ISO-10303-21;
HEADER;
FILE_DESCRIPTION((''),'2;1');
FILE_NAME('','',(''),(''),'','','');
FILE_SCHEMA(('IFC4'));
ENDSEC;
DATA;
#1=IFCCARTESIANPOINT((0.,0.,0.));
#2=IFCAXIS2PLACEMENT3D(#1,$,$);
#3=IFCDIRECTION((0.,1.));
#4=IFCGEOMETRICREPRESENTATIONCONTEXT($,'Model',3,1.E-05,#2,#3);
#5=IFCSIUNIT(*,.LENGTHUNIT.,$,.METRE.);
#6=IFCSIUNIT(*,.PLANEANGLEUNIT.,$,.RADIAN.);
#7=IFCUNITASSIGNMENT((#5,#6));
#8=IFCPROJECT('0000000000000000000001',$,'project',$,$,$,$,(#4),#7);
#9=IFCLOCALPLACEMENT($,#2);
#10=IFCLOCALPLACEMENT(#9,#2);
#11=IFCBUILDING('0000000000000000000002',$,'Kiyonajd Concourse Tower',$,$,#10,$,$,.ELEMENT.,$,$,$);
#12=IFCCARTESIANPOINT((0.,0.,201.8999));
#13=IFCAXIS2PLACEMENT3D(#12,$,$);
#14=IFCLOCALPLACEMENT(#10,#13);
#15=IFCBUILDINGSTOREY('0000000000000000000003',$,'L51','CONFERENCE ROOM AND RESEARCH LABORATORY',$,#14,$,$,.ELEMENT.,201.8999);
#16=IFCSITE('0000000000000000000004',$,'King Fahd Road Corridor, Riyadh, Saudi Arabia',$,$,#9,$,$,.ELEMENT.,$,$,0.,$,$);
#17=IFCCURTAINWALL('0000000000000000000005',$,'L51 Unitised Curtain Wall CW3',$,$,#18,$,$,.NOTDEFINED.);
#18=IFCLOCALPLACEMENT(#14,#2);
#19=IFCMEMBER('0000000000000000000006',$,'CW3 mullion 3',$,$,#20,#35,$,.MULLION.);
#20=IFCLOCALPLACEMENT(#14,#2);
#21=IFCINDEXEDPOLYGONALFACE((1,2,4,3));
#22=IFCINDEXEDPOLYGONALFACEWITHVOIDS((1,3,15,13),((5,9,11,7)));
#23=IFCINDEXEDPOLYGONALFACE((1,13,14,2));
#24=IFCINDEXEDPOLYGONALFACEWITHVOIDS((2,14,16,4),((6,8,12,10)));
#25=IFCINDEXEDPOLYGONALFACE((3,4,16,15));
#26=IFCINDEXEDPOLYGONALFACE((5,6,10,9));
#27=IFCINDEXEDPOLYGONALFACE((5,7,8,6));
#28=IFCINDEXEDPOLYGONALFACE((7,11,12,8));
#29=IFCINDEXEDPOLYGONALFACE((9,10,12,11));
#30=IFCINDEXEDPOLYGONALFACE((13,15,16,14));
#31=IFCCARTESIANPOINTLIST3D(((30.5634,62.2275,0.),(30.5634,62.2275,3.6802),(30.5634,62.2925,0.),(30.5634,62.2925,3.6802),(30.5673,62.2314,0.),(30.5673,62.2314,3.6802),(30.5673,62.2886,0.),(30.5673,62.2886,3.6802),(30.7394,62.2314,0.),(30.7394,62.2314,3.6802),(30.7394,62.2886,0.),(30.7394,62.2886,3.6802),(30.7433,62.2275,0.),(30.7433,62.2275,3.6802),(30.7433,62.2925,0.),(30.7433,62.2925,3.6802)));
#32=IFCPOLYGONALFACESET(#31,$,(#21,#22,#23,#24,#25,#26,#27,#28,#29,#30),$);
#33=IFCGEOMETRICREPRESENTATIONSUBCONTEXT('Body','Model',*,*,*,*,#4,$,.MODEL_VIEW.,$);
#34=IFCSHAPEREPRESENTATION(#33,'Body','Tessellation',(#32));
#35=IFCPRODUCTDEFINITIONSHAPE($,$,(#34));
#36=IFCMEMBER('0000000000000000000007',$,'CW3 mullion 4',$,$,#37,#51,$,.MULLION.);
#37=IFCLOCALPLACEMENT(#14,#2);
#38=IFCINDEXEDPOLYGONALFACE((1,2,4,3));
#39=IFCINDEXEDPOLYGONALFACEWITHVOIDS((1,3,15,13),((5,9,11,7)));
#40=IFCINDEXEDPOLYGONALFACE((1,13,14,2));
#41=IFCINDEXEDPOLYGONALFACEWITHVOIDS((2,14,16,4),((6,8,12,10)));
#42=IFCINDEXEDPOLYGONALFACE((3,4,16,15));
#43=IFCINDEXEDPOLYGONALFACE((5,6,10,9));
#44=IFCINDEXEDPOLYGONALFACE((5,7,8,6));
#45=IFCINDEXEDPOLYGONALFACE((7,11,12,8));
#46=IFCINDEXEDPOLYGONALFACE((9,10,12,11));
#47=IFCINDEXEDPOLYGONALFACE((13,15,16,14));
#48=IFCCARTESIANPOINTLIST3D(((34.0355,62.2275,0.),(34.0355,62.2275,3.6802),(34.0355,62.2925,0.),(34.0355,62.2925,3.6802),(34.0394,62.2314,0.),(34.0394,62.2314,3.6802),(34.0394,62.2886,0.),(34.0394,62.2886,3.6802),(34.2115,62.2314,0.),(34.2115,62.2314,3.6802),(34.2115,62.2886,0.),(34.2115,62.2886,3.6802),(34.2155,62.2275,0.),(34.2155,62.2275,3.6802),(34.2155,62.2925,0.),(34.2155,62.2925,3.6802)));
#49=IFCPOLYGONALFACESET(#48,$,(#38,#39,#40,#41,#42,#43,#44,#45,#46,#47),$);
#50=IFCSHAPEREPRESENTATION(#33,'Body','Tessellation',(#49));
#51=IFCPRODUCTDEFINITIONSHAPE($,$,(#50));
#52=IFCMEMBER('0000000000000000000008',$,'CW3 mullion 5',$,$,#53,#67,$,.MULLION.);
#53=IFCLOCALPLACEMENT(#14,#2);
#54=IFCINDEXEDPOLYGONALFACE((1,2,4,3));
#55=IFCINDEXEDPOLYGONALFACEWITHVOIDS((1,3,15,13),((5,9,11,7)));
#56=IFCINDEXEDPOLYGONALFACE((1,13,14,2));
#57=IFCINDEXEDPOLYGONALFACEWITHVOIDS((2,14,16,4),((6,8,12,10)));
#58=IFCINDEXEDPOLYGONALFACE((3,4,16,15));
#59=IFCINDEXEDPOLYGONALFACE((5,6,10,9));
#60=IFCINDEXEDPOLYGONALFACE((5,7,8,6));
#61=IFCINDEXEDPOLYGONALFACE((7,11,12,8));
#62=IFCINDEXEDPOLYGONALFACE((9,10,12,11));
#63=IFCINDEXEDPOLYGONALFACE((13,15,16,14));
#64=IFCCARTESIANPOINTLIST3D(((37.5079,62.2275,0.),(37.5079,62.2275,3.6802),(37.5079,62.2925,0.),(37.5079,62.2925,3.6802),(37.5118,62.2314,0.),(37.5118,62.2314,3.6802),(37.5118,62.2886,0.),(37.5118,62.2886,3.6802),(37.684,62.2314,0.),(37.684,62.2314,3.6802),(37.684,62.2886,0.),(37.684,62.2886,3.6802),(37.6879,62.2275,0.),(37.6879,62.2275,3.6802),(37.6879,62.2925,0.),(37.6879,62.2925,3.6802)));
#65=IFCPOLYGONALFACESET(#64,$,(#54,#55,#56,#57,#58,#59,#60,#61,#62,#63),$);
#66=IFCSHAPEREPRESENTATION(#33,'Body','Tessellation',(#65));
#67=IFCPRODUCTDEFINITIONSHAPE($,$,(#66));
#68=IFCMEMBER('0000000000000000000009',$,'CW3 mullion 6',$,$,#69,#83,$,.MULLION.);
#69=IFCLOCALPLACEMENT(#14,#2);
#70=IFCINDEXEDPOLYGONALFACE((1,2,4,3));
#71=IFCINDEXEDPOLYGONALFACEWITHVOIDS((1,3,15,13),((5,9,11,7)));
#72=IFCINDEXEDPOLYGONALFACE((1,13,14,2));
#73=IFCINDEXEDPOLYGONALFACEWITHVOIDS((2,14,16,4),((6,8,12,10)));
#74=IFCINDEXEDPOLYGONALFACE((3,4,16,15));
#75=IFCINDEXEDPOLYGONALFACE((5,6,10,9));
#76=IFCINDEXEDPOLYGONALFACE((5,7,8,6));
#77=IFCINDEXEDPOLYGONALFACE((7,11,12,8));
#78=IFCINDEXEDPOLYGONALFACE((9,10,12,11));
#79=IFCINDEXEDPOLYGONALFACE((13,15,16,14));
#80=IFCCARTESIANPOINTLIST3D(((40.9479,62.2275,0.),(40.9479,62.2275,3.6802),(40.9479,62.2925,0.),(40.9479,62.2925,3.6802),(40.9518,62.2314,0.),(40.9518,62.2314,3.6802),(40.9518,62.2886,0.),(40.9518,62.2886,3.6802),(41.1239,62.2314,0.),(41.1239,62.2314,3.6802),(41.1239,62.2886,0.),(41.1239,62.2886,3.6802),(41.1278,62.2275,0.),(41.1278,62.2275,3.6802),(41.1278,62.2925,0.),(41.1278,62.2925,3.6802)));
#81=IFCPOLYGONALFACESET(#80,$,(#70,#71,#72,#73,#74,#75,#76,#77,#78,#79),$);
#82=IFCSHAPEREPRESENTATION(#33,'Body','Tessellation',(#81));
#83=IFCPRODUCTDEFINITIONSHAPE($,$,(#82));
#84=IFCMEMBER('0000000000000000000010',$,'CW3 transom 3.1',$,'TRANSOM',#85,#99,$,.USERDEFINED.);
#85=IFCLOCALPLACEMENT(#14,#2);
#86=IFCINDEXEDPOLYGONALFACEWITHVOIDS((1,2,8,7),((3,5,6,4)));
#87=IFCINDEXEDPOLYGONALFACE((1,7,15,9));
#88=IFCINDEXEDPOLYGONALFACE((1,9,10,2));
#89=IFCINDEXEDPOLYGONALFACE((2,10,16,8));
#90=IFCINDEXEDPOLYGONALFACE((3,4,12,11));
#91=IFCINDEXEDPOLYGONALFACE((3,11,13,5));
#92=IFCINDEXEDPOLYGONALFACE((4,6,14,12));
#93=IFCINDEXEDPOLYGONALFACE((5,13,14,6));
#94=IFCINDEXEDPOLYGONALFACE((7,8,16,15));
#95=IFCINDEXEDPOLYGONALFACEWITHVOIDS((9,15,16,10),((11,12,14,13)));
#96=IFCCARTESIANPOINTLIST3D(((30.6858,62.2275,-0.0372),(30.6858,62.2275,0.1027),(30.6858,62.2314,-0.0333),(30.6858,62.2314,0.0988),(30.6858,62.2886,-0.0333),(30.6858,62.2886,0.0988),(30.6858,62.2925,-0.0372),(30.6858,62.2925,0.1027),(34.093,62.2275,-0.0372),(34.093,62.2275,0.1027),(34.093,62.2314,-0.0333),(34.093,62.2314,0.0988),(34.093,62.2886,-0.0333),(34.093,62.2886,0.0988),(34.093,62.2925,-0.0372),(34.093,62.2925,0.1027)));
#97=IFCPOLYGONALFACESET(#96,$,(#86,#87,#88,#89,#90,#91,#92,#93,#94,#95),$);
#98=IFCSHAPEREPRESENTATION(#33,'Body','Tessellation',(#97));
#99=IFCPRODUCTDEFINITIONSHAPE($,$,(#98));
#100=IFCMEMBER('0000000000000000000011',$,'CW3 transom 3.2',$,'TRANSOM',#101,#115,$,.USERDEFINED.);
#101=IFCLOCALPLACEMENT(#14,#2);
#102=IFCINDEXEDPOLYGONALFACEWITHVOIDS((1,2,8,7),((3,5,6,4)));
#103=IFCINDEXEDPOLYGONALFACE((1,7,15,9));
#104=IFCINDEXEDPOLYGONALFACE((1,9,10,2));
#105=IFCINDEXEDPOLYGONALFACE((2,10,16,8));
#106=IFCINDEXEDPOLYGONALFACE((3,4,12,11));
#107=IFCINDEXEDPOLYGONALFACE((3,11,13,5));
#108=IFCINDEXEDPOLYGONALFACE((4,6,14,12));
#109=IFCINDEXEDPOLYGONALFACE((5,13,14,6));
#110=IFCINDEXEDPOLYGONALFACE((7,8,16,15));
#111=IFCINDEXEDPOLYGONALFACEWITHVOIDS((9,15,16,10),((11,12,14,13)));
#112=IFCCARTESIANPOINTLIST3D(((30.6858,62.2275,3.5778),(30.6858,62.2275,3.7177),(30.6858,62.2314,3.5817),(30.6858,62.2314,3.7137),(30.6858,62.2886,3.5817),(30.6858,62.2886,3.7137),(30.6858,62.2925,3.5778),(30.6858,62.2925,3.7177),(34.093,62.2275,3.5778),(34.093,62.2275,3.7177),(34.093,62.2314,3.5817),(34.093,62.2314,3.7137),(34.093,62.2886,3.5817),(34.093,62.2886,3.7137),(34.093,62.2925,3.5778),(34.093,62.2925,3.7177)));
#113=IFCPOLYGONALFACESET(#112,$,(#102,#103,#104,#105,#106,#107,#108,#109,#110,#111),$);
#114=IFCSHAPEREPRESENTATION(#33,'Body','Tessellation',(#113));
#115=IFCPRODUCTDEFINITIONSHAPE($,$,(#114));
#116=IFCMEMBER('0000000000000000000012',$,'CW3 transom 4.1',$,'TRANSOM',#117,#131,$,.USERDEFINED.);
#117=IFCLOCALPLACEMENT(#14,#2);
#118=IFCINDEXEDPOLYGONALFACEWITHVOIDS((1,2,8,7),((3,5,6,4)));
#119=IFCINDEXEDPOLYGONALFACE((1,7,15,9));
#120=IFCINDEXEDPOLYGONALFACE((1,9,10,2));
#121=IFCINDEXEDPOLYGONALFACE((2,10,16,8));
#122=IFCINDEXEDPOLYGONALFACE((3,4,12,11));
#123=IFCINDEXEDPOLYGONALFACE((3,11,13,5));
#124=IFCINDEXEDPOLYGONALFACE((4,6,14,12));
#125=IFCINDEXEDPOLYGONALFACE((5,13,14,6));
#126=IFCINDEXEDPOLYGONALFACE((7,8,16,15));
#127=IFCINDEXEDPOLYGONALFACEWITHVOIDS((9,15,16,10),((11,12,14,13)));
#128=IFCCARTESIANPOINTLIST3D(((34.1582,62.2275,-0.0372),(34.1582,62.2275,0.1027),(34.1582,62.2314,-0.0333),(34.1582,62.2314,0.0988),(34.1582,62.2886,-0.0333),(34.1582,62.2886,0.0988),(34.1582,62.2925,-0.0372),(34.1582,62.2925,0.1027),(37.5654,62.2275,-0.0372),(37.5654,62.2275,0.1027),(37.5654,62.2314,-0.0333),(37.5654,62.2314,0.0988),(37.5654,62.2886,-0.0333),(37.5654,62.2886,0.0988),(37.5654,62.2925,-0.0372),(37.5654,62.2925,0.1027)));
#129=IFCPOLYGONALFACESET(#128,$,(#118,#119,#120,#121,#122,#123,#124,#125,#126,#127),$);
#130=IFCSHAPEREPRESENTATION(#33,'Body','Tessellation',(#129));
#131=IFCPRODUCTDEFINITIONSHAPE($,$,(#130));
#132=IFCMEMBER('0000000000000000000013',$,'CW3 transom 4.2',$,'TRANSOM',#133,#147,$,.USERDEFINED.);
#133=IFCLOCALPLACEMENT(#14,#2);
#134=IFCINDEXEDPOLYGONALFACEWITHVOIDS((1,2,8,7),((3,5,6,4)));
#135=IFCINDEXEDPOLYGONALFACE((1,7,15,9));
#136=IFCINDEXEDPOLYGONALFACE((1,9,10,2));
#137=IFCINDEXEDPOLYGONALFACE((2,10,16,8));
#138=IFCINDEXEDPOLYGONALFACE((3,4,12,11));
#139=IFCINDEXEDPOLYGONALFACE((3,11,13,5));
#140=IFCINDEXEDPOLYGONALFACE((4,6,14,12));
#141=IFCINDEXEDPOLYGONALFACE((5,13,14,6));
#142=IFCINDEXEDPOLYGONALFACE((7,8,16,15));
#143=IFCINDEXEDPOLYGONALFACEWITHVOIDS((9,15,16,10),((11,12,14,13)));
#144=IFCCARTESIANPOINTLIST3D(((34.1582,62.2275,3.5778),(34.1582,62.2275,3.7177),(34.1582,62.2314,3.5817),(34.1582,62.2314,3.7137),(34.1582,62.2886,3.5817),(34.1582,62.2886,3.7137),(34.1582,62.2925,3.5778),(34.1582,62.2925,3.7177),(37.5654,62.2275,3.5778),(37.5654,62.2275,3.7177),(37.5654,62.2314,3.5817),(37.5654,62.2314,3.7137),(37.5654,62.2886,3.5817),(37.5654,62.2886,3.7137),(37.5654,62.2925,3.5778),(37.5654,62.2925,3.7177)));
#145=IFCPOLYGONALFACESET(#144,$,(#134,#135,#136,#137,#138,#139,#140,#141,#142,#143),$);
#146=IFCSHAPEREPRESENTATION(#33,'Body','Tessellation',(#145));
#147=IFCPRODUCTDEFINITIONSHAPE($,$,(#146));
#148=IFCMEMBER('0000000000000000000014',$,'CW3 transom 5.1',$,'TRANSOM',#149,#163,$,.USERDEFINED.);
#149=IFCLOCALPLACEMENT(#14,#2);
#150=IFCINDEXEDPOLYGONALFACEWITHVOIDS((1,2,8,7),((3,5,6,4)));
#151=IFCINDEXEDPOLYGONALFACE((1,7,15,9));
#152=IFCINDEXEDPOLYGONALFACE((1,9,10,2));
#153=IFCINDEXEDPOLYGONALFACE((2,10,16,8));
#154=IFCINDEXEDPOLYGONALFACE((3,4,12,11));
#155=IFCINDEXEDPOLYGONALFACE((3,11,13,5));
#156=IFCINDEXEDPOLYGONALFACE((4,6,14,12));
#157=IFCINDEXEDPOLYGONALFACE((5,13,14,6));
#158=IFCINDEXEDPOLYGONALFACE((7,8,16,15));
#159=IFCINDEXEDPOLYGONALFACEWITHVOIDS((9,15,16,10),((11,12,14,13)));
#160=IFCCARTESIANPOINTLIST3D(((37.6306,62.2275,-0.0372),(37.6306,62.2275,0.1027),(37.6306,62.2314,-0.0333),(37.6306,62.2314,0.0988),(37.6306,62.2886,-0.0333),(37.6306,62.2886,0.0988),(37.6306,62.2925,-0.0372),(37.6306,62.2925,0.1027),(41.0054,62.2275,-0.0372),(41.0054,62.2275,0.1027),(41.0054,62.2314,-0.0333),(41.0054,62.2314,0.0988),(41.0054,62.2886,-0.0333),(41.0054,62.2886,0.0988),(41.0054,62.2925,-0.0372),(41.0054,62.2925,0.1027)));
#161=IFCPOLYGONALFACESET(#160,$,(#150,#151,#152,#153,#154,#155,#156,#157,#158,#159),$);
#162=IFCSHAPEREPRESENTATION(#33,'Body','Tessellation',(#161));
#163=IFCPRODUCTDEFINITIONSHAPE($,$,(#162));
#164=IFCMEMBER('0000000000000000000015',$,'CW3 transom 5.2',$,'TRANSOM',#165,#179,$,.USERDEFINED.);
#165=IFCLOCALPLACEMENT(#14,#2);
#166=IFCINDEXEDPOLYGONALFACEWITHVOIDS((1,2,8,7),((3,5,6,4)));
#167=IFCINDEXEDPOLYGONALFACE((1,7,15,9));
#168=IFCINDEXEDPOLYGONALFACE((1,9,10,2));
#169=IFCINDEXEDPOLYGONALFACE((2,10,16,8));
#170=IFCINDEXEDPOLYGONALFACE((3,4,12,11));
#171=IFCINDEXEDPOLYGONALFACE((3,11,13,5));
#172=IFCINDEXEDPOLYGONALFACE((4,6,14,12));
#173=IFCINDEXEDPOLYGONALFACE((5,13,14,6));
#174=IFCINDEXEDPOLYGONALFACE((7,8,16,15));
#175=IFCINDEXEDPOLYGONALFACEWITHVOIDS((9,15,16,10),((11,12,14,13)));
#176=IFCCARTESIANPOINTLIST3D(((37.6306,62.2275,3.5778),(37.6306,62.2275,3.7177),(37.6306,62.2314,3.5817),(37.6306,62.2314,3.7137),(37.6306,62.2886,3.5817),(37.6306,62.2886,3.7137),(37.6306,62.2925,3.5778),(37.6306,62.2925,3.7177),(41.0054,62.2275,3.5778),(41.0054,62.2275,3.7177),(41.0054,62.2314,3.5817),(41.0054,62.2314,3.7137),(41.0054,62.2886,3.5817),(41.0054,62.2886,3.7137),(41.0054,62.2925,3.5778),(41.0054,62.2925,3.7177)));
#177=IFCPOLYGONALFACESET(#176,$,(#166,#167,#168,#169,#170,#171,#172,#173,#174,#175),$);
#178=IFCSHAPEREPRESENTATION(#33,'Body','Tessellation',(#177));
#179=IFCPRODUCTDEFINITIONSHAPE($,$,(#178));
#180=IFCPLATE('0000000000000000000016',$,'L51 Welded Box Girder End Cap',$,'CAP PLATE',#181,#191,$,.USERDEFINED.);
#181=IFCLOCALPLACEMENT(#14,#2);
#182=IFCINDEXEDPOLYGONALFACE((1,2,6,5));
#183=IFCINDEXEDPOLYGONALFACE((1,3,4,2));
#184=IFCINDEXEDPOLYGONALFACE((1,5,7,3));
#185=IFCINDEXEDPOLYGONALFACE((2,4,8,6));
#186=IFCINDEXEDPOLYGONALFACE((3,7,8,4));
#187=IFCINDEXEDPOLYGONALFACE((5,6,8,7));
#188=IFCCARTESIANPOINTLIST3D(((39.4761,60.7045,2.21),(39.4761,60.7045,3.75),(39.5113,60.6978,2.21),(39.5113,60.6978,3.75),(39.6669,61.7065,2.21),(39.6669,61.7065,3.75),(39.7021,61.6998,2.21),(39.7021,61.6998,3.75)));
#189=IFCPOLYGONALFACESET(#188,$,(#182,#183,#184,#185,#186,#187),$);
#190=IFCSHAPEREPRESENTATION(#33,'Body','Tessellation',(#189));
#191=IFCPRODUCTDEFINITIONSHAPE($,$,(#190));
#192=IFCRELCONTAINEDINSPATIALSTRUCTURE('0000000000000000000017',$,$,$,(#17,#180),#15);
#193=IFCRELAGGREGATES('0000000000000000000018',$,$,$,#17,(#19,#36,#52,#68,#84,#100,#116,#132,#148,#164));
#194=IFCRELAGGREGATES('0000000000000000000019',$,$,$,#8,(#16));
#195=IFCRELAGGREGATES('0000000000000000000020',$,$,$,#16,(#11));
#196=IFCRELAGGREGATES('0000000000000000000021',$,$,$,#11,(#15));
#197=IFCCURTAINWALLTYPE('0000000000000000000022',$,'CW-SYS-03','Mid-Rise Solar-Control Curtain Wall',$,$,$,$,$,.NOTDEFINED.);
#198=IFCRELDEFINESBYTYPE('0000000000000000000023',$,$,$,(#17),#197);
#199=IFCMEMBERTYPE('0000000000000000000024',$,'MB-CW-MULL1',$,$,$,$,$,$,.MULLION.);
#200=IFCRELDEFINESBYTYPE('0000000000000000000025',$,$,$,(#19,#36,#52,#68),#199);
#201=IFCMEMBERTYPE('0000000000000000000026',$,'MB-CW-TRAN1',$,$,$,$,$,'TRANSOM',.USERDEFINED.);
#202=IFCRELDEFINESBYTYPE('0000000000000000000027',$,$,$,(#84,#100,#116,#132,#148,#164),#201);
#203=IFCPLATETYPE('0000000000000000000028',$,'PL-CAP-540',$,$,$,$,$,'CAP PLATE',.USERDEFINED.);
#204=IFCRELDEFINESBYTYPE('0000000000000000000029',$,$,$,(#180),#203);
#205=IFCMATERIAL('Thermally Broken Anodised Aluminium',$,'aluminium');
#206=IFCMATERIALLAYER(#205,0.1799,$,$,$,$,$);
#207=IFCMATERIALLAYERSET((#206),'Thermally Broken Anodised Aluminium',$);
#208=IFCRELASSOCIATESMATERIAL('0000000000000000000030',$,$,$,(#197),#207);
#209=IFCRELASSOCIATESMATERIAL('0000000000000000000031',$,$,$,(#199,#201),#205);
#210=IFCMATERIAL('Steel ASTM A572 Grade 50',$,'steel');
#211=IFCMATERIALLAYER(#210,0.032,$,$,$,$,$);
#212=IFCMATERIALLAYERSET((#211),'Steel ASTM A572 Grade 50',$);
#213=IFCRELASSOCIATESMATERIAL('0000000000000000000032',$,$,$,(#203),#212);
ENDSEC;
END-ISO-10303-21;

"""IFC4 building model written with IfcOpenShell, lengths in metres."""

from ifc_helpers import new_model, si_unit, direction, frame, origin, origin_2d, place, context, subcontext, project, spatial, rectangle, hollow_rectangle, extrude, material, layer, layer_set, material_profile, profile_set, type_object, element, aggregate, save


model = new_model("IFC4")

# Units and contexts
model_context = context("Model", 3, precision=1e-05, world=origin(), true_north=direction((0.0, 1.0)))
body_context = subcontext(model_context, "Body", "Model", "MODEL_VIEW")
ifc_project = project(units=[si_unit("LENGTHUNIT", "METRE"), si_unit("PLANEANGLEUNIT", "RADIAN")], contexts=[model_context])

# Site, building, storey
site_placement = place(None, origin())
site = spatial("IfcSite", under=ifc_project, at=site_placement, Name="King Fahd Road Corridor, Riyadh, Saudi Arabia", CompositionType="ELEMENT", RefElevation=0.0)
building_placement = place(site_placement, origin())
building = spatial("IfcBuilding", under=site, at=building_placement, Name="Kiyonajd Concourse Tower", CompositionType="ELEMENT")
storey_placement = place(building_placement, frame((0.0, 0.0, 201.8999)))
storey = spatial("IfcBuildingStorey", under=building, at=storey_placement, Name="L51", Description="CONFERENCE ROOM AND RESEARCH LABORATORY", CompositionType="ELEMENT", Elevation=201.8999)

# Curtain wall, members
ifc_material_1 = material(Name="Thermally Broken Anodised Aluminium", Category="aluminium")
ifc_layer_1 = layer(ifc_material_1, 0.1799)
ifc_layer_set_1 = layer_set([ifc_layer_1], Name="Thermally Broken Anodised Aluminium")
curtain_wall_type = type_object("IfcCurtainWallType", Name="CW-SYS-03", Description="Mid-Rise Solar-Control Curtain Wall", PredefinedType="NOTDEFINED", material=ifc_layer_set_1)
curtain_wall_placement = place(storey_placement, origin())
curtain_wall = element("IfcCurtainWall", 1, at=curtain_wall_placement, inside=storey, type_object=curtain_wall_type, Name="L51 Unitised Curtain Wall CW3", PredefinedType="NOTDEFINED")
ifc_material_profile_1 = material_profile(ifc_material_1, hollow_rectangle(XDim=0.0649, YDim=0.1799, WallThickness=0.0039, at=origin_2d()), Name="MULL-65x180")
ifc_profile_set_1 = profile_set([ifc_material_profile_1], Name="Thermally Broken Anodised Aluminium")
member_type_1 = type_object("IfcMemberType", Name="MB-CW-MULL1", PredefinedType="MULLION", material=ifc_profile_set_1)
member_1_placement = place(storey_placement, frame((30.6533, 62.26, 0.0), z_axis=(0.0, 0.0, 1.0), x_axis=(0.0, 1.0, 0.0)))
member_1 = element("IfcMember", 2, at=member_1_placement, type_object=member_type_1, Name="CW3 mullion 3", PredefinedType="MULLION", context=body_context, shape_type="SweptSolid", body=[
    extrude(hollow_rectangle(XDim=0.0649, YDim=0.1799, WallThickness=0.0039, at=origin_2d()), origin(), (0.0, 0.0, 1.0), 3.6802),
])
member_2_placement = place(storey_placement, frame((34.1255, 62.26, 0.0), z_axis=(0.0, 0.0, 1.0), x_axis=(0.0, 1.0, 0.0)))
member_2 = element("IfcMember", 3, at=member_2_placement, type_object=member_type_1, Name="CW3 mullion 4", PredefinedType="MULLION", context=body_context, shape_type="SweptSolid", body=[
    extrude(hollow_rectangle(XDim=0.0649, YDim=0.1799, WallThickness=0.0039, at=origin_2d()), origin(), (0.0, 0.0, 1.0), 3.6802),
])
member_3_placement = place(storey_placement, frame((37.5979, 62.26, 0.0), z_axis=(0.0, 0.0, 1.0), x_axis=(0.0, 1.0, 0.0)))
member_3 = element("IfcMember", 4, at=member_3_placement, type_object=member_type_1, Name="CW3 mullion 5", PredefinedType="MULLION", context=body_context, shape_type="SweptSolid", body=[
    extrude(hollow_rectangle(XDim=0.0649, YDim=0.1799, WallThickness=0.0039, at=origin_2d()), origin(), (0.0, 0.0, 1.0), 3.6802),
])
member_4_placement = place(storey_placement, frame((41.0378, 62.26, 0.0), z_axis=(0.0, 0.0, 1.0), x_axis=(0.0, 1.0, 0.0)))
member_4 = element("IfcMember", 5, at=member_4_placement, type_object=member_type_1, Name="CW3 mullion 6", PredefinedType="MULLION", context=body_context, shape_type="SweptSolid", body=[
    extrude(hollow_rectangle(XDim=0.0649, YDim=0.1799, WallThickness=0.0039, at=origin_2d()), origin(), (0.0, 0.0, 1.0), 3.6802),
])
ifc_material_profile_2 = material_profile(ifc_material_1, hollow_rectangle(XDim=0.0649, YDim=0.1399, WallThickness=0.0039, at=origin_2d()), Name="TRAN-65x140")
ifc_profile_set_2 = profile_set([ifc_material_profile_2], Name="Thermally Broken Anodised Aluminium")
member_type_2 = type_object("IfcMemberType", Name="MB-CW-TRAN1", ElementType="TRANSOM", PredefinedType="USERDEFINED", material=ifc_profile_set_2)
member_5_placement = place(storey_placement, frame((30.6858, 62.26, 0.0327), z_axis=(1.0, 0.0, 0.0), x_axis=(0.0, 1.0, 0.0)))
member_5 = element("IfcMember", 6, at=member_5_placement, type_object=member_type_2, Name="CW3 transom 3.1", ObjectType="TRANSOM", PredefinedType="USERDEFINED", context=body_context, shape_type="SweptSolid", body=[
    extrude(hollow_rectangle(XDim=0.0649, YDim=0.1399, WallThickness=0.0039, at=origin_2d()), origin(), (0.0, 0.0, 1.0), 3.4072),
])
member_6_placement = place(storey_placement, frame((30.6858, 62.26, 3.6477), z_axis=(1.0, 0.0, 0.0), x_axis=(0.0, 1.0, 0.0)))
member_6 = element("IfcMember", 7, at=member_6_placement, type_object=member_type_2, Name="CW3 transom 3.2", ObjectType="TRANSOM", PredefinedType="USERDEFINED", context=body_context, shape_type="SweptSolid", body=[
    extrude(hollow_rectangle(XDim=0.0649, YDim=0.1399, WallThickness=0.0039, at=origin_2d()), origin(), (0.0, 0.0, 1.0), 3.4072),
])
member_7_placement = place(storey_placement, frame((34.1582, 62.26, 0.0327), z_axis=(1.0, 0.0, 0.0), x_axis=(0.0, 1.0, 0.0)))
member_7 = element("IfcMember", 8, at=member_7_placement, type_object=member_type_2, Name="CW3 transom 4.1", ObjectType="TRANSOM", PredefinedType="USERDEFINED", context=body_context, shape_type="SweptSolid", body=[
    extrude(hollow_rectangle(XDim=0.0649, YDim=0.1399, WallThickness=0.0039, at=origin_2d()), origin(), (0.0, 0.0, 1.0), 3.4072),
])
member_8_placement = place(storey_placement, frame((34.1582, 62.26, 3.6477), z_axis=(1.0, 0.0, 0.0), x_axis=(0.0, 1.0, 0.0)))
member_8 = element("IfcMember", 9, at=member_8_placement, type_object=member_type_2, Name="CW3 transom 4.2", ObjectType="TRANSOM", PredefinedType="USERDEFINED", context=body_context, shape_type="SweptSolid", body=[
    extrude(hollow_rectangle(XDim=0.0649, YDim=0.1399, WallThickness=0.0039, at=origin_2d()), origin(), (0.0, 0.0, 1.0), 3.4072),
])
member_9_placement = place(storey_placement, frame((37.6306, 62.26, 0.0327), z_axis=(1.0, 0.0, 0.0), x_axis=(0.0, 1.0, 0.0)))
member_9 = element("IfcMember", 10, at=member_9_placement, type_object=member_type_2, Name="CW3 transom 5.1", ObjectType="TRANSOM", PredefinedType="USERDEFINED", context=body_context, shape_type="SweptSolid", body=[
    extrude(hollow_rectangle(XDim=0.0649, YDim=0.1399, WallThickness=0.0039, at=origin_2d()), origin(), (0.0, 0.0, 1.0), 3.3748),
])
member_10_placement = place(storey_placement, frame((37.6306, 62.26, 3.6477), z_axis=(1.0, 0.0, 0.0), x_axis=(0.0, 1.0, 0.0)))
member_10 = element("IfcMember", 11, at=member_10_placement, type_object=member_type_2, Name="CW3 transom 5.2", ObjectType="TRANSOM", PredefinedType="USERDEFINED", context=body_context, shape_type="SweptSolid", body=[
    extrude(hollow_rectangle(XDim=0.0649, YDim=0.1399, WallThickness=0.0039, at=origin_2d()), origin(), (0.0, 0.0, 1.0), 3.3748),
])

# Plate
ifc_material_2 = material(Name="Steel ASTM A572 Grade 50", Category="steel")
ifc_layer_2 = layer(ifc_material_2, 0.032)
ifc_layer_set_2 = layer_set([ifc_layer_2], Name="Steel ASTM A572 Grade 50")
plate_type_1 = type_object("IfcPlateType", Name="PL-CAP-540", ElementType="CAP PLATE", PredefinedType="USERDEFINED", material=ifc_layer_set_2)
plate_1_placement = place(storey_placement, frame((39.5891, 61.2021, 2.21), z_axis=(0.0, 0.0, 1.0), x_axis=(-0.982353, 0.187038, 0.0)))
element("IfcPlate", 12, at=plate_1_placement, inside=storey, type_object=plate_type_1, Name="L51 Welded Box Girder End Cap", ObjectType="CAP PLATE", PredefinedType="USERDEFINED", context=body_context, shape_type="SweptSolid", body=[
    extrude(rectangle(XDim=0.0359, YDim=1.02, at=origin_2d()), origin(), (0.0, 0.0, 1.0), 1.54),
])
aggregate(curtain_wall, [member_1, member_2, member_3, member_4, member_5, member_6, member_7, member_8, member_9, member_10])

save(model, "model.ifc")
